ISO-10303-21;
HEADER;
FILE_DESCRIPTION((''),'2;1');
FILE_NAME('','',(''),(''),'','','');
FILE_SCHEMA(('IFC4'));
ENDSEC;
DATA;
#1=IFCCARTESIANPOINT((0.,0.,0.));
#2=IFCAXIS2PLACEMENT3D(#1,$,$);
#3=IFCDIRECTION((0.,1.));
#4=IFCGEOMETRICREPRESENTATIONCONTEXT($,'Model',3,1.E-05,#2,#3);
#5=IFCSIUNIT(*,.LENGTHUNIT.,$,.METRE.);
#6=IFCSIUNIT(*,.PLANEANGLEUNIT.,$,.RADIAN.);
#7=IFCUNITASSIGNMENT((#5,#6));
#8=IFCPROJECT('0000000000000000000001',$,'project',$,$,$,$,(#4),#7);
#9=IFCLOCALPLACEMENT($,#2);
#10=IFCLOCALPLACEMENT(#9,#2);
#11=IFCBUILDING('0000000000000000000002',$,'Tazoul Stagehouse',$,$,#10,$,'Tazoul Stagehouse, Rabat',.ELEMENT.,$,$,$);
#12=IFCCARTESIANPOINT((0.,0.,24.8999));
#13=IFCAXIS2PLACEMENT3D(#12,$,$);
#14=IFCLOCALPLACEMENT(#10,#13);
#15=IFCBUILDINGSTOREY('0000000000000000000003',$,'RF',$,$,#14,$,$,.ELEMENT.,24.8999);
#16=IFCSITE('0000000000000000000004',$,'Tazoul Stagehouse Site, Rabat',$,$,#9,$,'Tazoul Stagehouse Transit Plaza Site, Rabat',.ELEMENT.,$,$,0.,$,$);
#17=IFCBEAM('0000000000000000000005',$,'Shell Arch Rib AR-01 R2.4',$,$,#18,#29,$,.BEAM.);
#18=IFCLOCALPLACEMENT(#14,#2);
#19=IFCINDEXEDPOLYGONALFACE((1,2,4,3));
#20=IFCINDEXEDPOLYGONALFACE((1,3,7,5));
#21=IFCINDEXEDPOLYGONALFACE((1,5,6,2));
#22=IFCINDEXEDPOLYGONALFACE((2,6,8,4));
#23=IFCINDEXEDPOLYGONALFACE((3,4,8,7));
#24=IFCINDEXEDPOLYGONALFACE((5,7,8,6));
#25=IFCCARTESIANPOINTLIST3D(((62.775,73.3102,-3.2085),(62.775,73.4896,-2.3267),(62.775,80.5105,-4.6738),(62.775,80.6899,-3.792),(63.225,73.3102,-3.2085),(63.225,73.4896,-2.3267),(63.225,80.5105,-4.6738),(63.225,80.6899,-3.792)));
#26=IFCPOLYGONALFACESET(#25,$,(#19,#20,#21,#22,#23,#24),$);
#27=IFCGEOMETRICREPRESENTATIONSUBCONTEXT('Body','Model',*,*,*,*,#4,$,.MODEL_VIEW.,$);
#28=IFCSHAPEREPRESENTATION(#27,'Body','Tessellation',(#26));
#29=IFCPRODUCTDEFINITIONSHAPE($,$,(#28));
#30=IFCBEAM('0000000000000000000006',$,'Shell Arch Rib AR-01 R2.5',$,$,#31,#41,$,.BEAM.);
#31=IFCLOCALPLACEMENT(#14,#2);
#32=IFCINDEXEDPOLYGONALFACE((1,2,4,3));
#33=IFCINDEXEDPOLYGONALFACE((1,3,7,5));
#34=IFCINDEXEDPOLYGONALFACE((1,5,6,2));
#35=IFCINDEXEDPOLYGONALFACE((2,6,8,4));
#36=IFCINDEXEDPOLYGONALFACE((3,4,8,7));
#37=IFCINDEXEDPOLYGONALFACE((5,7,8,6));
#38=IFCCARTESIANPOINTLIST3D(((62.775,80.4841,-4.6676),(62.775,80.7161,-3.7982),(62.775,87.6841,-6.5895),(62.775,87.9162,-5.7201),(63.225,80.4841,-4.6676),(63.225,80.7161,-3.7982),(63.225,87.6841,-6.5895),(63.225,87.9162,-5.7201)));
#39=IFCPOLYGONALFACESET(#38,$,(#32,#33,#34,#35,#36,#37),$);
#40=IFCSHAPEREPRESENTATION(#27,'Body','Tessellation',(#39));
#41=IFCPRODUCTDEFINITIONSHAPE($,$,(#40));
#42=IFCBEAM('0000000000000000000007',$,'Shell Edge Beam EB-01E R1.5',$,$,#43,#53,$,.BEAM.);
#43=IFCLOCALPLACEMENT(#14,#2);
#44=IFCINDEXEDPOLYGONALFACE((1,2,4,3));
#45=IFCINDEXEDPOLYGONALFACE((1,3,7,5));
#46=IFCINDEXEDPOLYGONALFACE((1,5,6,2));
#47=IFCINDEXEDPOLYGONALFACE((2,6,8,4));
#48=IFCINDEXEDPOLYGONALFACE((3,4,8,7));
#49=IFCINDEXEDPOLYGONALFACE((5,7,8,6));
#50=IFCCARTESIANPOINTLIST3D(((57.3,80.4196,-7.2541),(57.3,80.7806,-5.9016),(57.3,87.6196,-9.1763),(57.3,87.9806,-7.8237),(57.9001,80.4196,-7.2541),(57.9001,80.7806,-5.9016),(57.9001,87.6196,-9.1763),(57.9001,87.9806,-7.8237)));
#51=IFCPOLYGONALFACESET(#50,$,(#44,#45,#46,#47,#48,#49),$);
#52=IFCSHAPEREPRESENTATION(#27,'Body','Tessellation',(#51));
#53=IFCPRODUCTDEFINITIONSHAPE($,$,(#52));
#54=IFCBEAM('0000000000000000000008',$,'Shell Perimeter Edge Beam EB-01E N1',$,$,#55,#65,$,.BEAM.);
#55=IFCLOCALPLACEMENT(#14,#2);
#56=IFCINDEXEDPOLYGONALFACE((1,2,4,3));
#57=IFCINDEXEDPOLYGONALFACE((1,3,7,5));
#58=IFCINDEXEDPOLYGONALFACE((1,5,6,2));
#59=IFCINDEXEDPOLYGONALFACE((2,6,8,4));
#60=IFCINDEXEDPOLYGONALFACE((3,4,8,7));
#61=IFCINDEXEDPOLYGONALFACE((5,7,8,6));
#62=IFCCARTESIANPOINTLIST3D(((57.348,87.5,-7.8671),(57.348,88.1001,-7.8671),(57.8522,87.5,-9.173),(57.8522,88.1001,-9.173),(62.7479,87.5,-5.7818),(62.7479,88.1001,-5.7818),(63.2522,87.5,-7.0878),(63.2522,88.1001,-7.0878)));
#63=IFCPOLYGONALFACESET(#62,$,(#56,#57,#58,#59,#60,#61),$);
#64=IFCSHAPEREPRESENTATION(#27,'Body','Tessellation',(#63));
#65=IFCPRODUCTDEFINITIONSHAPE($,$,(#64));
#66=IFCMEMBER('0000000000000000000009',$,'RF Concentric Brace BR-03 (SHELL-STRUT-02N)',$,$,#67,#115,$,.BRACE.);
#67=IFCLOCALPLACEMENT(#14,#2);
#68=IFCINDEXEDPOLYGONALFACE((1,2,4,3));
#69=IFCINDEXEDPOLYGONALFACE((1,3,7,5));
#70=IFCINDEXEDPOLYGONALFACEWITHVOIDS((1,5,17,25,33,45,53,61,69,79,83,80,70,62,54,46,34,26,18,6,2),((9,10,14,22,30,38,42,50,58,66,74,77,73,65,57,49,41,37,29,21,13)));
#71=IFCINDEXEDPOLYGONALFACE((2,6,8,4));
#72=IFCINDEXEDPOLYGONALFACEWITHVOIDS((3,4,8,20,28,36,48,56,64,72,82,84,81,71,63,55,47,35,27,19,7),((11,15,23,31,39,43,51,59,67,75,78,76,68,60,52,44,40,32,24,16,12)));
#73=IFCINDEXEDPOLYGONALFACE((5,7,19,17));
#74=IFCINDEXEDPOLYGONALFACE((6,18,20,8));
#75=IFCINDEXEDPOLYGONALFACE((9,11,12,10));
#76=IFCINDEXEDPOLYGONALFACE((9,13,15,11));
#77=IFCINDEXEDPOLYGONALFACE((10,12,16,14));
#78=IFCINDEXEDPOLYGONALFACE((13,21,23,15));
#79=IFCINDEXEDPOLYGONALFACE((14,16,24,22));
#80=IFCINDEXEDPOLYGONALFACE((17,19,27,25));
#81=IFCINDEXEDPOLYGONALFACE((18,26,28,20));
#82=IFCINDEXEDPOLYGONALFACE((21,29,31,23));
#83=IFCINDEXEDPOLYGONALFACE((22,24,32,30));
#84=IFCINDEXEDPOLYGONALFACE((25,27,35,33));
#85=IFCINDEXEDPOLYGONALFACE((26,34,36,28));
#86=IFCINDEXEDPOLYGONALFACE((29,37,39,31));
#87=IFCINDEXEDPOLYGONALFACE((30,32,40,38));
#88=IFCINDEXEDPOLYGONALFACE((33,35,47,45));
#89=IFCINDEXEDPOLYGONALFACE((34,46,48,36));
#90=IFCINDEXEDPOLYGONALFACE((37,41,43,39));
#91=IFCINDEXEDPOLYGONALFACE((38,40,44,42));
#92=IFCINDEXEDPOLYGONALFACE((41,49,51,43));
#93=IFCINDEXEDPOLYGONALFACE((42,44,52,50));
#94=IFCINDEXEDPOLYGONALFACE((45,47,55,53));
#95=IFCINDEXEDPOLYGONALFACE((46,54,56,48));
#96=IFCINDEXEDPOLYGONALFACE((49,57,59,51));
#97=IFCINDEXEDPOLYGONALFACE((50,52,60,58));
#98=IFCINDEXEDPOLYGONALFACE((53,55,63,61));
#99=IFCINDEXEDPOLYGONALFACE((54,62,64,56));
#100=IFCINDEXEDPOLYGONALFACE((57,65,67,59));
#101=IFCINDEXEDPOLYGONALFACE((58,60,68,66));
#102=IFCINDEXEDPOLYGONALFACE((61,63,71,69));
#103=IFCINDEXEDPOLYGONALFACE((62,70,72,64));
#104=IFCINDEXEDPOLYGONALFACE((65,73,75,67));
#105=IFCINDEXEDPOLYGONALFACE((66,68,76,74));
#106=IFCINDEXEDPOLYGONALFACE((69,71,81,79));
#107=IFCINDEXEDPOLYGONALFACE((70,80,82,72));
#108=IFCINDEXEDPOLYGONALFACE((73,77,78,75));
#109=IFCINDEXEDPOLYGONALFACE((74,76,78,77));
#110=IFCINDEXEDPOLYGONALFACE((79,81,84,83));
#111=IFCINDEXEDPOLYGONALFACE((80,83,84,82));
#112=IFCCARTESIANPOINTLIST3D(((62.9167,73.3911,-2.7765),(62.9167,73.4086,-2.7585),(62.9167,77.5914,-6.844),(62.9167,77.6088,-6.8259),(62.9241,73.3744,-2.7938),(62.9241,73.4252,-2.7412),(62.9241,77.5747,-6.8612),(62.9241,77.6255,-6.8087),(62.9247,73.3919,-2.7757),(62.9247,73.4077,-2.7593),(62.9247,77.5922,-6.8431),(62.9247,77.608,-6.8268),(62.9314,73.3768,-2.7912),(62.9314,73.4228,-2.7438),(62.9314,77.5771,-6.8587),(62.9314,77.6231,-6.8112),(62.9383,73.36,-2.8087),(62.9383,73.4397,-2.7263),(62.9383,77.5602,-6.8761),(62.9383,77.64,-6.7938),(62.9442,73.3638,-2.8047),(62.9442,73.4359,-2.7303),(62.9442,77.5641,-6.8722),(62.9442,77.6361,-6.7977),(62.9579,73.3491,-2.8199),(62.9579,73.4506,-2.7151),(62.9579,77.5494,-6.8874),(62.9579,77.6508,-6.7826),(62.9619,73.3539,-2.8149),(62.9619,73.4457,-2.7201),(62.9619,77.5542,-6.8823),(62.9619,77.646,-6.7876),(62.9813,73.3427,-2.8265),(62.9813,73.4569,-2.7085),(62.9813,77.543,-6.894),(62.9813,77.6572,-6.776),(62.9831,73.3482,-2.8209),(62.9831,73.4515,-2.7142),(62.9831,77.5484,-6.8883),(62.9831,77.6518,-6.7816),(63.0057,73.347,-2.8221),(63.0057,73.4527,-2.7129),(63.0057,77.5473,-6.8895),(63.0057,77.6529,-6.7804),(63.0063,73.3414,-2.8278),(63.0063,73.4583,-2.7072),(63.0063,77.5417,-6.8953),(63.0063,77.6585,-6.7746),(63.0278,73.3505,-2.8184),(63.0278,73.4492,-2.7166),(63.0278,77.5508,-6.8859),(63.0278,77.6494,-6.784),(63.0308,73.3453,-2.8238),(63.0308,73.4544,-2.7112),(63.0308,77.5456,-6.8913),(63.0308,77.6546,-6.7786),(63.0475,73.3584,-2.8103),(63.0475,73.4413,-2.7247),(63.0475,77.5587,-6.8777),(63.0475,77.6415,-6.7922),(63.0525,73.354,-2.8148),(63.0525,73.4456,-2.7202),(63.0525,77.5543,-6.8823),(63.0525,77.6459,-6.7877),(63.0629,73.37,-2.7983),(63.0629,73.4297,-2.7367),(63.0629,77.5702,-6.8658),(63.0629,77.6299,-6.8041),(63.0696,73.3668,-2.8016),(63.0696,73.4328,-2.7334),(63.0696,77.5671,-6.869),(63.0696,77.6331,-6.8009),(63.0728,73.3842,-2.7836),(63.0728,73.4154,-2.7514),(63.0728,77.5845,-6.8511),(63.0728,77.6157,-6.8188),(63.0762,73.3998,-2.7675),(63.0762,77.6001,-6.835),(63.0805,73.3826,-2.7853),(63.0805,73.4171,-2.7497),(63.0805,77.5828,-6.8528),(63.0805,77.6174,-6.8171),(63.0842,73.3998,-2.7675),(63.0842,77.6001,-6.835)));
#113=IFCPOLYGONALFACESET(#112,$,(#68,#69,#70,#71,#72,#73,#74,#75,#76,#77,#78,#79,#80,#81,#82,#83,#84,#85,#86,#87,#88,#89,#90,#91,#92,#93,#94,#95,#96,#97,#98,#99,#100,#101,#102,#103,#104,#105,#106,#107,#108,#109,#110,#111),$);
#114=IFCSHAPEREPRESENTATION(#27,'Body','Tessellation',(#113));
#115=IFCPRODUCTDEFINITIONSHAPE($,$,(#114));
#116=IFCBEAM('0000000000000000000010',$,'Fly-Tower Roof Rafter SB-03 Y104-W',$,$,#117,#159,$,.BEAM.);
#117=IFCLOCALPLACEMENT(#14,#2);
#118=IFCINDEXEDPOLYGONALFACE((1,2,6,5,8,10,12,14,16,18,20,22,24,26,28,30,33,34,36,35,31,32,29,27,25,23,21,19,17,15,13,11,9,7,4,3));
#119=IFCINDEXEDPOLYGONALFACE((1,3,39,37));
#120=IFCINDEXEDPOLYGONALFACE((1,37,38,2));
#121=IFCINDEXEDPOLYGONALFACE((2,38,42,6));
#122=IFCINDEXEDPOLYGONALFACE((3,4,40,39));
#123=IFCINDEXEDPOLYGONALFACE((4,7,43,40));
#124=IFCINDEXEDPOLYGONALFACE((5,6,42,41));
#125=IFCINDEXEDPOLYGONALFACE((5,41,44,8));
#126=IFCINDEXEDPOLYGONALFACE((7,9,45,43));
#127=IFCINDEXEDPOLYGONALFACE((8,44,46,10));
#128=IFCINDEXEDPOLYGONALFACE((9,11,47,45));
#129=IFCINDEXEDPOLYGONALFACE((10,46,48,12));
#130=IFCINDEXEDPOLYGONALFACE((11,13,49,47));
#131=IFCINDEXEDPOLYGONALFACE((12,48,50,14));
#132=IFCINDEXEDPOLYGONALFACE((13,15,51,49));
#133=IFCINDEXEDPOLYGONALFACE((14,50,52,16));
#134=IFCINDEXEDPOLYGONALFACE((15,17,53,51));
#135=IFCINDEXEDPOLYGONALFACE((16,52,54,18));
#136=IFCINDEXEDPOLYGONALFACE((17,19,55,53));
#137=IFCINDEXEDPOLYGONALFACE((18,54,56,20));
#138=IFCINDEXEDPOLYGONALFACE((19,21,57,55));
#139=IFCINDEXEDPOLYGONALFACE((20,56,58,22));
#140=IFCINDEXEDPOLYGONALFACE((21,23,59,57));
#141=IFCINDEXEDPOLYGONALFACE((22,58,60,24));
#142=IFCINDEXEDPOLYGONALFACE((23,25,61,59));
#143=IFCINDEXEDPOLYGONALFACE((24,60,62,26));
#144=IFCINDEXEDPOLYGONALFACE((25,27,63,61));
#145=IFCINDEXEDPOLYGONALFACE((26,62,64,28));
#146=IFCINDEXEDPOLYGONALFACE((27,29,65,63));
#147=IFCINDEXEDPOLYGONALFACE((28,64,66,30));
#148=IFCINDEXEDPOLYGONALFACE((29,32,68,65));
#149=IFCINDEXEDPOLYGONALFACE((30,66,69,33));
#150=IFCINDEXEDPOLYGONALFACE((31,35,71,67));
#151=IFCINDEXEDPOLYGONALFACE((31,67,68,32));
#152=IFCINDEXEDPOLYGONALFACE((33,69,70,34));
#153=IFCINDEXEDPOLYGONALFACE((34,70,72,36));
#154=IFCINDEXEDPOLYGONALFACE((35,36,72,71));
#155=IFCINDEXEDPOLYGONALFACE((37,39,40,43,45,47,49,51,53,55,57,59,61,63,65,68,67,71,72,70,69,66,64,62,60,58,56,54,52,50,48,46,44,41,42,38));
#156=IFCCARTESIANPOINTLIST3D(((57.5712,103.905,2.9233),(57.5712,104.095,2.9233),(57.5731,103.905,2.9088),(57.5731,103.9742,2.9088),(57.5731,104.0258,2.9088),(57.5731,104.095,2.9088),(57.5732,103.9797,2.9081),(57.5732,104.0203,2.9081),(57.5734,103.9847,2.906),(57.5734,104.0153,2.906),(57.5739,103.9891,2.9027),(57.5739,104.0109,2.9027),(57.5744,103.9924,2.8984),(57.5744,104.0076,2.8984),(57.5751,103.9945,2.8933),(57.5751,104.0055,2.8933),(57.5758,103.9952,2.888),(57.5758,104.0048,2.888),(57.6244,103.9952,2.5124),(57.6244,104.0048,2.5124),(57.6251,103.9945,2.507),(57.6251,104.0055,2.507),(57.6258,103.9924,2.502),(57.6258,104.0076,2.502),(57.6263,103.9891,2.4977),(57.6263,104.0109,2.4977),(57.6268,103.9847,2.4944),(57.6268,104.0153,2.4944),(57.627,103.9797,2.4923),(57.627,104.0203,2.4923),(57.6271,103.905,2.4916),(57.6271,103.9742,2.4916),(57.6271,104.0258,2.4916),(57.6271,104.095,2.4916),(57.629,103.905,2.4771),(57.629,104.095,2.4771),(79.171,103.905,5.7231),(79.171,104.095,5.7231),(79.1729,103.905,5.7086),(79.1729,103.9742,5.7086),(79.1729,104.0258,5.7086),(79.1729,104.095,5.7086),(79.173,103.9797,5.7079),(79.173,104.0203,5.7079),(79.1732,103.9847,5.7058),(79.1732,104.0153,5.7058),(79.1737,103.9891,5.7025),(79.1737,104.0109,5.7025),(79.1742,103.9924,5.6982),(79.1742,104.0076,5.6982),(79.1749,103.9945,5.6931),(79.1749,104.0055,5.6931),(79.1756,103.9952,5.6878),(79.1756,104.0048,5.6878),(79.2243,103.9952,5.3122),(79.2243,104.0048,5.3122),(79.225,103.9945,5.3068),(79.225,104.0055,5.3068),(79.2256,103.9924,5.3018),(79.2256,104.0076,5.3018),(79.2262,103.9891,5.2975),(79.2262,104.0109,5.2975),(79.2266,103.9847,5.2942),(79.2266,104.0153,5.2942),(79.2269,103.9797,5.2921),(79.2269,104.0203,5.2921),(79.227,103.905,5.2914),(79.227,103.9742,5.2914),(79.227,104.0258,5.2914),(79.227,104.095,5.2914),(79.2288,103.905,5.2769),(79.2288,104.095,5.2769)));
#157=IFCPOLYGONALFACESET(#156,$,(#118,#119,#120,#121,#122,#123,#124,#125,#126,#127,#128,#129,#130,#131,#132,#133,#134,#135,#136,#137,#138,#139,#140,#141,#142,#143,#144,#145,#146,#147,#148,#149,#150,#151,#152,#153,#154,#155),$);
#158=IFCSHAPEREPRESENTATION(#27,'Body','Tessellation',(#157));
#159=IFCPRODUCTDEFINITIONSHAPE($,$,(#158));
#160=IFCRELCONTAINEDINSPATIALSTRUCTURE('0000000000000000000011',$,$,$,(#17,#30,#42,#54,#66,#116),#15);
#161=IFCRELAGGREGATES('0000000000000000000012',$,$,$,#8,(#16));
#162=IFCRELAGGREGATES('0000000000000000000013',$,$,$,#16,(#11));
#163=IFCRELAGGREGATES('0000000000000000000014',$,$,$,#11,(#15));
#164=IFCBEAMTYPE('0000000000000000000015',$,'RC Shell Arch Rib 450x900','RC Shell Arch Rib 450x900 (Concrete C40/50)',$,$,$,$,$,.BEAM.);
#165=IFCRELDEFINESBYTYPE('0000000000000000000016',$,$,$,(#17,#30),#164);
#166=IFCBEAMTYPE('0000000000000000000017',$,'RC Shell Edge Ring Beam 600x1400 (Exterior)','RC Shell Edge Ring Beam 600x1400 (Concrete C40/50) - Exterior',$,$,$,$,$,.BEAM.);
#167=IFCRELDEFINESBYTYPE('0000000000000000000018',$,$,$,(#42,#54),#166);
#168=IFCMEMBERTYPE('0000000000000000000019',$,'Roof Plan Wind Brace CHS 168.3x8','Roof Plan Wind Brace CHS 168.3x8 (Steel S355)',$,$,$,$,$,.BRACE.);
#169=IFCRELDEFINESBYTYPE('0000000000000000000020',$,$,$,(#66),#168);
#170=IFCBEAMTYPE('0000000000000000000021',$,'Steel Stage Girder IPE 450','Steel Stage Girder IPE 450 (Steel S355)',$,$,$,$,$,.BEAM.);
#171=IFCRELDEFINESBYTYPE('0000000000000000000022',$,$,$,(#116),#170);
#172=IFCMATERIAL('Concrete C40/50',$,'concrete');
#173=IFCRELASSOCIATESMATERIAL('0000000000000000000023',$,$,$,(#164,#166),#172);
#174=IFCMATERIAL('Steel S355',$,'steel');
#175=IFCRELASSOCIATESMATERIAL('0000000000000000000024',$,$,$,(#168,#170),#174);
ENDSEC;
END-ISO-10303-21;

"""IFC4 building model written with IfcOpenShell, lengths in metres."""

from ifc_helpers import new_model, si_unit, direction, frame, origin, origin_2d, place, context, subcontext, project, spatial, rectangle, hollow_circle, i_section, extrude, material, material_profile, profile_set, type_object, element, save


model = new_model("IFC4")

# Units and contexts
model_context = context("Model", 3, precision=1e-05, world=origin(), true_north=direction((0.0, 1.0)))
body_context = subcontext(model_context, "Body", "Model", "MODEL_VIEW")
ifc_project = project(units=[si_unit("LENGTHUNIT", "METRE"), si_unit("PLANEANGLEUNIT", "RADIAN")], contexts=[model_context])

# Site, building, storey
site_placement = place(None, origin())
site = spatial("IfcSite", under=ifc_project, at=site_placement, Name="Tazoul Stagehouse Site, Rabat", LongName="Tazoul Stagehouse Transit Plaza Site, Rabat", CompositionType="ELEMENT", RefElevation=0.0)
building_placement = place(site_placement, origin())
building = spatial("IfcBuilding", under=site, at=building_placement, Name="Tazoul Stagehouse", LongName="Tazoul Stagehouse, Rabat", CompositionType="ELEMENT")
storey_placement = place(building_placement, frame((0.0, 0.0, 24.8999)))
storey = spatial("IfcBuildingStorey", under=building, at=storey_placement, Name="RF", CompositionType="ELEMENT", Elevation=24.8999)

# Shared definitions
ifc_material_1 = material(Name="Steel S355", Category="steel")

# Beams
ifc_material_2 = material(Name="Concrete C40/50", Category="concrete")
ifc_material_profile_1 = material_profile(ifc_material_2, rectangle(XDim=0.45, YDim=0.8999, at=origin_2d()), Name="RC 450x900")
ifc_profile_set_1 = profile_set([ifc_material_profile_1], Name="Concrete C40/50")
beam_type_1 = type_object("IfcBeamType", Name="RC Shell Arch Rib 450x900", Description="RC Shell Arch Rib 450x900 (Concrete C40/50)", PredefinedType="BEAM", material=ifc_profile_set_1)
beam_1_placement = place(storey_placement, frame((63.0, 73.3999, -2.7676), z_axis=(0.0, 0.979913, -0.199425), x_axis=(-1.0, 0.0, 0.0)))
element("IfcBeam", 1, at=beam_1_placement, inside=storey, type_object=beam_type_1, Name="Shell Arch Rib AR-01 R2.4", PredefinedType="BEAM", context=body_context, shape_type="SweptSolid", body=[
    extrude(rectangle(XDim=0.45, YDim=0.8999, at=origin_2d()), origin(), (0.0, 0.0, 1.0), 7.3479),
])
beam_2_placement = place(storey_placement, frame((63.0, 80.6001, -4.2329), z_axis=(0.0, 0.966172, -0.257899), x_axis=(-1.0, 0.0, 0.0)))
element("IfcBeam", 2, at=beam_2_placement, inside=storey, type_object=beam_type_1, Name="Shell Arch Rib AR-01 R2.5", PredefinedType="BEAM", context=body_context, shape_type="SweptSolid", body=[
    extrude(rectangle(XDim=0.45, YDim=0.8999, at=origin_2d()), origin(), (0.0, 0.0, 1.0), 7.4521),
])
ifc_material_profile_2 = material_profile(ifc_material_2, rectangle(XDim=0.6001, YDim=1.3999, at=origin_2d()), Name="RC 600x1400")
ifc_profile_set_2 = profile_set([ifc_material_profile_2], Name="Concrete C40/50")
beam_type_2 = type_object("IfcBeamType", Name="RC Shell Edge Ring Beam 600x1400 (Exterior)", Description="RC Shell Edge Ring Beam 600x1400 (Concrete C40/50) - Exterior", PredefinedType="BEAM", material=ifc_profile_set_2)
beam_3_placement = place(storey_placement, frame((57.6001, 80.6001, -6.5779), z_axis=(0.0, 0.966164, -0.25793), x_axis=(-1.0, 0.0, 0.0)))
element("IfcBeam", 3, at=beam_3_placement, inside=storey, type_object=beam_type_2, Name="Shell Edge Beam EB-01E R1.5", PredefinedType="BEAM", context=body_context, shape_type="SweptSolid", body=[
    extrude(rectangle(XDim=0.6001, YDim=1.3999, at=origin_2d()), origin(), (0.0, 0.0, 1.0), 7.4521),
])
beam_4_placement = place(storey_placement, frame((57.6001, 87.8, -8.52), z_axis=(0.932863, 0.0, 0.360231), x_axis=(0.0, 1.0, 0.0)))
element("IfcBeam", 4, at=beam_4_placement, inside=storey, type_object=beam_type_2, Name="Shell Perimeter Edge Beam EB-01E N1", PredefinedType="BEAM", context=body_context, shape_type="SweptSolid", body=[
    extrude(rectangle(XDim=0.6001, YDim=1.3999, at=origin_2d()), origin(), (0.0, 0.0, 1.0), 5.7886),
])

# Member
ifc_material_profile_3 = material_profile(ifc_material_1, hollow_circle(Radius=0.0842, WallThickness=0.0081, at=origin_2d()), Name="CHS 168.3x8")
ifc_profile_set_3 = profile_set([ifc_material_profile_3], Name="Steel S355")
member_type_1 = type_object("IfcMemberType", Name="Roof Plan Wind Brace CHS 168.3x8", Description="Roof Plan Wind Brace CHS 168.3x8 (Steel S355)", PredefinedType="BRACE", material=ifc_profile_set_3)
member_1_placement = place(storey_placement, frame((63.0, 77.6001, -6.835), z_axis=(0.0, -0.718373, 0.695658), x_axis=(1.0, 0.0, 0.0)))
element("IfcMember", 5, at=member_1_placement, inside=storey, type_object=member_type_1, Name="RF Concentric Brace BR-03 (SHELL-STRUT-02N)", PredefinedType="BRACE", context=body_context, shape_type="SweptSolid", body=[
    extrude(hollow_circle(Radius=0.0842, WallThickness=0.0081, at=origin_2d()), origin(), (0.0, 0.0, 1.0), 5.8469),
])

# Beam
ifc_material_profile_4 = material_profile(ifc_material_1, i_section(OverallWidth=0.1899, OverallDepth=0.45, WebThickness=0.0095, FlangeThickness=0.0146, FilletRadius=0.021, at=origin_2d()), Name="IPE 450")
ifc_profile_set_4 = profile_set([ifc_material_profile_4], Name="Steel S355")
beam_type_3 = type_object("IfcBeamType", Name="Steel Stage Girder IPE 450", Description="Steel Stage Girder IPE 450 (Steel S355)", PredefinedType="BEAM", material=ifc_profile_set_4)
beam_5_placement = place(storey_placement, frame((57.6001, 104.0, 2.7002), z_axis=(0.991704, 0.0, 0.128546), x_axis=(0.0, 1.0, 0.0)))
element("IfcBeam", 6, at=beam_5_placement, inside=storey, type_object=beam_type_3, Name="Fly-Tower Roof Rafter SB-03 Y104-W", PredefinedType="BEAM", context=body_context, shape_type="SweptSolid", body=[
    extrude(i_section(OverallWidth=0.1899, OverallDepth=0.45, WebThickness=0.0095, FlangeThickness=0.0146, FilletRadius=0.021, at=origin_2d()), origin(), (0.0, 0.0, 1.0), 21.7805),
])

save(model, "model.ifc")
